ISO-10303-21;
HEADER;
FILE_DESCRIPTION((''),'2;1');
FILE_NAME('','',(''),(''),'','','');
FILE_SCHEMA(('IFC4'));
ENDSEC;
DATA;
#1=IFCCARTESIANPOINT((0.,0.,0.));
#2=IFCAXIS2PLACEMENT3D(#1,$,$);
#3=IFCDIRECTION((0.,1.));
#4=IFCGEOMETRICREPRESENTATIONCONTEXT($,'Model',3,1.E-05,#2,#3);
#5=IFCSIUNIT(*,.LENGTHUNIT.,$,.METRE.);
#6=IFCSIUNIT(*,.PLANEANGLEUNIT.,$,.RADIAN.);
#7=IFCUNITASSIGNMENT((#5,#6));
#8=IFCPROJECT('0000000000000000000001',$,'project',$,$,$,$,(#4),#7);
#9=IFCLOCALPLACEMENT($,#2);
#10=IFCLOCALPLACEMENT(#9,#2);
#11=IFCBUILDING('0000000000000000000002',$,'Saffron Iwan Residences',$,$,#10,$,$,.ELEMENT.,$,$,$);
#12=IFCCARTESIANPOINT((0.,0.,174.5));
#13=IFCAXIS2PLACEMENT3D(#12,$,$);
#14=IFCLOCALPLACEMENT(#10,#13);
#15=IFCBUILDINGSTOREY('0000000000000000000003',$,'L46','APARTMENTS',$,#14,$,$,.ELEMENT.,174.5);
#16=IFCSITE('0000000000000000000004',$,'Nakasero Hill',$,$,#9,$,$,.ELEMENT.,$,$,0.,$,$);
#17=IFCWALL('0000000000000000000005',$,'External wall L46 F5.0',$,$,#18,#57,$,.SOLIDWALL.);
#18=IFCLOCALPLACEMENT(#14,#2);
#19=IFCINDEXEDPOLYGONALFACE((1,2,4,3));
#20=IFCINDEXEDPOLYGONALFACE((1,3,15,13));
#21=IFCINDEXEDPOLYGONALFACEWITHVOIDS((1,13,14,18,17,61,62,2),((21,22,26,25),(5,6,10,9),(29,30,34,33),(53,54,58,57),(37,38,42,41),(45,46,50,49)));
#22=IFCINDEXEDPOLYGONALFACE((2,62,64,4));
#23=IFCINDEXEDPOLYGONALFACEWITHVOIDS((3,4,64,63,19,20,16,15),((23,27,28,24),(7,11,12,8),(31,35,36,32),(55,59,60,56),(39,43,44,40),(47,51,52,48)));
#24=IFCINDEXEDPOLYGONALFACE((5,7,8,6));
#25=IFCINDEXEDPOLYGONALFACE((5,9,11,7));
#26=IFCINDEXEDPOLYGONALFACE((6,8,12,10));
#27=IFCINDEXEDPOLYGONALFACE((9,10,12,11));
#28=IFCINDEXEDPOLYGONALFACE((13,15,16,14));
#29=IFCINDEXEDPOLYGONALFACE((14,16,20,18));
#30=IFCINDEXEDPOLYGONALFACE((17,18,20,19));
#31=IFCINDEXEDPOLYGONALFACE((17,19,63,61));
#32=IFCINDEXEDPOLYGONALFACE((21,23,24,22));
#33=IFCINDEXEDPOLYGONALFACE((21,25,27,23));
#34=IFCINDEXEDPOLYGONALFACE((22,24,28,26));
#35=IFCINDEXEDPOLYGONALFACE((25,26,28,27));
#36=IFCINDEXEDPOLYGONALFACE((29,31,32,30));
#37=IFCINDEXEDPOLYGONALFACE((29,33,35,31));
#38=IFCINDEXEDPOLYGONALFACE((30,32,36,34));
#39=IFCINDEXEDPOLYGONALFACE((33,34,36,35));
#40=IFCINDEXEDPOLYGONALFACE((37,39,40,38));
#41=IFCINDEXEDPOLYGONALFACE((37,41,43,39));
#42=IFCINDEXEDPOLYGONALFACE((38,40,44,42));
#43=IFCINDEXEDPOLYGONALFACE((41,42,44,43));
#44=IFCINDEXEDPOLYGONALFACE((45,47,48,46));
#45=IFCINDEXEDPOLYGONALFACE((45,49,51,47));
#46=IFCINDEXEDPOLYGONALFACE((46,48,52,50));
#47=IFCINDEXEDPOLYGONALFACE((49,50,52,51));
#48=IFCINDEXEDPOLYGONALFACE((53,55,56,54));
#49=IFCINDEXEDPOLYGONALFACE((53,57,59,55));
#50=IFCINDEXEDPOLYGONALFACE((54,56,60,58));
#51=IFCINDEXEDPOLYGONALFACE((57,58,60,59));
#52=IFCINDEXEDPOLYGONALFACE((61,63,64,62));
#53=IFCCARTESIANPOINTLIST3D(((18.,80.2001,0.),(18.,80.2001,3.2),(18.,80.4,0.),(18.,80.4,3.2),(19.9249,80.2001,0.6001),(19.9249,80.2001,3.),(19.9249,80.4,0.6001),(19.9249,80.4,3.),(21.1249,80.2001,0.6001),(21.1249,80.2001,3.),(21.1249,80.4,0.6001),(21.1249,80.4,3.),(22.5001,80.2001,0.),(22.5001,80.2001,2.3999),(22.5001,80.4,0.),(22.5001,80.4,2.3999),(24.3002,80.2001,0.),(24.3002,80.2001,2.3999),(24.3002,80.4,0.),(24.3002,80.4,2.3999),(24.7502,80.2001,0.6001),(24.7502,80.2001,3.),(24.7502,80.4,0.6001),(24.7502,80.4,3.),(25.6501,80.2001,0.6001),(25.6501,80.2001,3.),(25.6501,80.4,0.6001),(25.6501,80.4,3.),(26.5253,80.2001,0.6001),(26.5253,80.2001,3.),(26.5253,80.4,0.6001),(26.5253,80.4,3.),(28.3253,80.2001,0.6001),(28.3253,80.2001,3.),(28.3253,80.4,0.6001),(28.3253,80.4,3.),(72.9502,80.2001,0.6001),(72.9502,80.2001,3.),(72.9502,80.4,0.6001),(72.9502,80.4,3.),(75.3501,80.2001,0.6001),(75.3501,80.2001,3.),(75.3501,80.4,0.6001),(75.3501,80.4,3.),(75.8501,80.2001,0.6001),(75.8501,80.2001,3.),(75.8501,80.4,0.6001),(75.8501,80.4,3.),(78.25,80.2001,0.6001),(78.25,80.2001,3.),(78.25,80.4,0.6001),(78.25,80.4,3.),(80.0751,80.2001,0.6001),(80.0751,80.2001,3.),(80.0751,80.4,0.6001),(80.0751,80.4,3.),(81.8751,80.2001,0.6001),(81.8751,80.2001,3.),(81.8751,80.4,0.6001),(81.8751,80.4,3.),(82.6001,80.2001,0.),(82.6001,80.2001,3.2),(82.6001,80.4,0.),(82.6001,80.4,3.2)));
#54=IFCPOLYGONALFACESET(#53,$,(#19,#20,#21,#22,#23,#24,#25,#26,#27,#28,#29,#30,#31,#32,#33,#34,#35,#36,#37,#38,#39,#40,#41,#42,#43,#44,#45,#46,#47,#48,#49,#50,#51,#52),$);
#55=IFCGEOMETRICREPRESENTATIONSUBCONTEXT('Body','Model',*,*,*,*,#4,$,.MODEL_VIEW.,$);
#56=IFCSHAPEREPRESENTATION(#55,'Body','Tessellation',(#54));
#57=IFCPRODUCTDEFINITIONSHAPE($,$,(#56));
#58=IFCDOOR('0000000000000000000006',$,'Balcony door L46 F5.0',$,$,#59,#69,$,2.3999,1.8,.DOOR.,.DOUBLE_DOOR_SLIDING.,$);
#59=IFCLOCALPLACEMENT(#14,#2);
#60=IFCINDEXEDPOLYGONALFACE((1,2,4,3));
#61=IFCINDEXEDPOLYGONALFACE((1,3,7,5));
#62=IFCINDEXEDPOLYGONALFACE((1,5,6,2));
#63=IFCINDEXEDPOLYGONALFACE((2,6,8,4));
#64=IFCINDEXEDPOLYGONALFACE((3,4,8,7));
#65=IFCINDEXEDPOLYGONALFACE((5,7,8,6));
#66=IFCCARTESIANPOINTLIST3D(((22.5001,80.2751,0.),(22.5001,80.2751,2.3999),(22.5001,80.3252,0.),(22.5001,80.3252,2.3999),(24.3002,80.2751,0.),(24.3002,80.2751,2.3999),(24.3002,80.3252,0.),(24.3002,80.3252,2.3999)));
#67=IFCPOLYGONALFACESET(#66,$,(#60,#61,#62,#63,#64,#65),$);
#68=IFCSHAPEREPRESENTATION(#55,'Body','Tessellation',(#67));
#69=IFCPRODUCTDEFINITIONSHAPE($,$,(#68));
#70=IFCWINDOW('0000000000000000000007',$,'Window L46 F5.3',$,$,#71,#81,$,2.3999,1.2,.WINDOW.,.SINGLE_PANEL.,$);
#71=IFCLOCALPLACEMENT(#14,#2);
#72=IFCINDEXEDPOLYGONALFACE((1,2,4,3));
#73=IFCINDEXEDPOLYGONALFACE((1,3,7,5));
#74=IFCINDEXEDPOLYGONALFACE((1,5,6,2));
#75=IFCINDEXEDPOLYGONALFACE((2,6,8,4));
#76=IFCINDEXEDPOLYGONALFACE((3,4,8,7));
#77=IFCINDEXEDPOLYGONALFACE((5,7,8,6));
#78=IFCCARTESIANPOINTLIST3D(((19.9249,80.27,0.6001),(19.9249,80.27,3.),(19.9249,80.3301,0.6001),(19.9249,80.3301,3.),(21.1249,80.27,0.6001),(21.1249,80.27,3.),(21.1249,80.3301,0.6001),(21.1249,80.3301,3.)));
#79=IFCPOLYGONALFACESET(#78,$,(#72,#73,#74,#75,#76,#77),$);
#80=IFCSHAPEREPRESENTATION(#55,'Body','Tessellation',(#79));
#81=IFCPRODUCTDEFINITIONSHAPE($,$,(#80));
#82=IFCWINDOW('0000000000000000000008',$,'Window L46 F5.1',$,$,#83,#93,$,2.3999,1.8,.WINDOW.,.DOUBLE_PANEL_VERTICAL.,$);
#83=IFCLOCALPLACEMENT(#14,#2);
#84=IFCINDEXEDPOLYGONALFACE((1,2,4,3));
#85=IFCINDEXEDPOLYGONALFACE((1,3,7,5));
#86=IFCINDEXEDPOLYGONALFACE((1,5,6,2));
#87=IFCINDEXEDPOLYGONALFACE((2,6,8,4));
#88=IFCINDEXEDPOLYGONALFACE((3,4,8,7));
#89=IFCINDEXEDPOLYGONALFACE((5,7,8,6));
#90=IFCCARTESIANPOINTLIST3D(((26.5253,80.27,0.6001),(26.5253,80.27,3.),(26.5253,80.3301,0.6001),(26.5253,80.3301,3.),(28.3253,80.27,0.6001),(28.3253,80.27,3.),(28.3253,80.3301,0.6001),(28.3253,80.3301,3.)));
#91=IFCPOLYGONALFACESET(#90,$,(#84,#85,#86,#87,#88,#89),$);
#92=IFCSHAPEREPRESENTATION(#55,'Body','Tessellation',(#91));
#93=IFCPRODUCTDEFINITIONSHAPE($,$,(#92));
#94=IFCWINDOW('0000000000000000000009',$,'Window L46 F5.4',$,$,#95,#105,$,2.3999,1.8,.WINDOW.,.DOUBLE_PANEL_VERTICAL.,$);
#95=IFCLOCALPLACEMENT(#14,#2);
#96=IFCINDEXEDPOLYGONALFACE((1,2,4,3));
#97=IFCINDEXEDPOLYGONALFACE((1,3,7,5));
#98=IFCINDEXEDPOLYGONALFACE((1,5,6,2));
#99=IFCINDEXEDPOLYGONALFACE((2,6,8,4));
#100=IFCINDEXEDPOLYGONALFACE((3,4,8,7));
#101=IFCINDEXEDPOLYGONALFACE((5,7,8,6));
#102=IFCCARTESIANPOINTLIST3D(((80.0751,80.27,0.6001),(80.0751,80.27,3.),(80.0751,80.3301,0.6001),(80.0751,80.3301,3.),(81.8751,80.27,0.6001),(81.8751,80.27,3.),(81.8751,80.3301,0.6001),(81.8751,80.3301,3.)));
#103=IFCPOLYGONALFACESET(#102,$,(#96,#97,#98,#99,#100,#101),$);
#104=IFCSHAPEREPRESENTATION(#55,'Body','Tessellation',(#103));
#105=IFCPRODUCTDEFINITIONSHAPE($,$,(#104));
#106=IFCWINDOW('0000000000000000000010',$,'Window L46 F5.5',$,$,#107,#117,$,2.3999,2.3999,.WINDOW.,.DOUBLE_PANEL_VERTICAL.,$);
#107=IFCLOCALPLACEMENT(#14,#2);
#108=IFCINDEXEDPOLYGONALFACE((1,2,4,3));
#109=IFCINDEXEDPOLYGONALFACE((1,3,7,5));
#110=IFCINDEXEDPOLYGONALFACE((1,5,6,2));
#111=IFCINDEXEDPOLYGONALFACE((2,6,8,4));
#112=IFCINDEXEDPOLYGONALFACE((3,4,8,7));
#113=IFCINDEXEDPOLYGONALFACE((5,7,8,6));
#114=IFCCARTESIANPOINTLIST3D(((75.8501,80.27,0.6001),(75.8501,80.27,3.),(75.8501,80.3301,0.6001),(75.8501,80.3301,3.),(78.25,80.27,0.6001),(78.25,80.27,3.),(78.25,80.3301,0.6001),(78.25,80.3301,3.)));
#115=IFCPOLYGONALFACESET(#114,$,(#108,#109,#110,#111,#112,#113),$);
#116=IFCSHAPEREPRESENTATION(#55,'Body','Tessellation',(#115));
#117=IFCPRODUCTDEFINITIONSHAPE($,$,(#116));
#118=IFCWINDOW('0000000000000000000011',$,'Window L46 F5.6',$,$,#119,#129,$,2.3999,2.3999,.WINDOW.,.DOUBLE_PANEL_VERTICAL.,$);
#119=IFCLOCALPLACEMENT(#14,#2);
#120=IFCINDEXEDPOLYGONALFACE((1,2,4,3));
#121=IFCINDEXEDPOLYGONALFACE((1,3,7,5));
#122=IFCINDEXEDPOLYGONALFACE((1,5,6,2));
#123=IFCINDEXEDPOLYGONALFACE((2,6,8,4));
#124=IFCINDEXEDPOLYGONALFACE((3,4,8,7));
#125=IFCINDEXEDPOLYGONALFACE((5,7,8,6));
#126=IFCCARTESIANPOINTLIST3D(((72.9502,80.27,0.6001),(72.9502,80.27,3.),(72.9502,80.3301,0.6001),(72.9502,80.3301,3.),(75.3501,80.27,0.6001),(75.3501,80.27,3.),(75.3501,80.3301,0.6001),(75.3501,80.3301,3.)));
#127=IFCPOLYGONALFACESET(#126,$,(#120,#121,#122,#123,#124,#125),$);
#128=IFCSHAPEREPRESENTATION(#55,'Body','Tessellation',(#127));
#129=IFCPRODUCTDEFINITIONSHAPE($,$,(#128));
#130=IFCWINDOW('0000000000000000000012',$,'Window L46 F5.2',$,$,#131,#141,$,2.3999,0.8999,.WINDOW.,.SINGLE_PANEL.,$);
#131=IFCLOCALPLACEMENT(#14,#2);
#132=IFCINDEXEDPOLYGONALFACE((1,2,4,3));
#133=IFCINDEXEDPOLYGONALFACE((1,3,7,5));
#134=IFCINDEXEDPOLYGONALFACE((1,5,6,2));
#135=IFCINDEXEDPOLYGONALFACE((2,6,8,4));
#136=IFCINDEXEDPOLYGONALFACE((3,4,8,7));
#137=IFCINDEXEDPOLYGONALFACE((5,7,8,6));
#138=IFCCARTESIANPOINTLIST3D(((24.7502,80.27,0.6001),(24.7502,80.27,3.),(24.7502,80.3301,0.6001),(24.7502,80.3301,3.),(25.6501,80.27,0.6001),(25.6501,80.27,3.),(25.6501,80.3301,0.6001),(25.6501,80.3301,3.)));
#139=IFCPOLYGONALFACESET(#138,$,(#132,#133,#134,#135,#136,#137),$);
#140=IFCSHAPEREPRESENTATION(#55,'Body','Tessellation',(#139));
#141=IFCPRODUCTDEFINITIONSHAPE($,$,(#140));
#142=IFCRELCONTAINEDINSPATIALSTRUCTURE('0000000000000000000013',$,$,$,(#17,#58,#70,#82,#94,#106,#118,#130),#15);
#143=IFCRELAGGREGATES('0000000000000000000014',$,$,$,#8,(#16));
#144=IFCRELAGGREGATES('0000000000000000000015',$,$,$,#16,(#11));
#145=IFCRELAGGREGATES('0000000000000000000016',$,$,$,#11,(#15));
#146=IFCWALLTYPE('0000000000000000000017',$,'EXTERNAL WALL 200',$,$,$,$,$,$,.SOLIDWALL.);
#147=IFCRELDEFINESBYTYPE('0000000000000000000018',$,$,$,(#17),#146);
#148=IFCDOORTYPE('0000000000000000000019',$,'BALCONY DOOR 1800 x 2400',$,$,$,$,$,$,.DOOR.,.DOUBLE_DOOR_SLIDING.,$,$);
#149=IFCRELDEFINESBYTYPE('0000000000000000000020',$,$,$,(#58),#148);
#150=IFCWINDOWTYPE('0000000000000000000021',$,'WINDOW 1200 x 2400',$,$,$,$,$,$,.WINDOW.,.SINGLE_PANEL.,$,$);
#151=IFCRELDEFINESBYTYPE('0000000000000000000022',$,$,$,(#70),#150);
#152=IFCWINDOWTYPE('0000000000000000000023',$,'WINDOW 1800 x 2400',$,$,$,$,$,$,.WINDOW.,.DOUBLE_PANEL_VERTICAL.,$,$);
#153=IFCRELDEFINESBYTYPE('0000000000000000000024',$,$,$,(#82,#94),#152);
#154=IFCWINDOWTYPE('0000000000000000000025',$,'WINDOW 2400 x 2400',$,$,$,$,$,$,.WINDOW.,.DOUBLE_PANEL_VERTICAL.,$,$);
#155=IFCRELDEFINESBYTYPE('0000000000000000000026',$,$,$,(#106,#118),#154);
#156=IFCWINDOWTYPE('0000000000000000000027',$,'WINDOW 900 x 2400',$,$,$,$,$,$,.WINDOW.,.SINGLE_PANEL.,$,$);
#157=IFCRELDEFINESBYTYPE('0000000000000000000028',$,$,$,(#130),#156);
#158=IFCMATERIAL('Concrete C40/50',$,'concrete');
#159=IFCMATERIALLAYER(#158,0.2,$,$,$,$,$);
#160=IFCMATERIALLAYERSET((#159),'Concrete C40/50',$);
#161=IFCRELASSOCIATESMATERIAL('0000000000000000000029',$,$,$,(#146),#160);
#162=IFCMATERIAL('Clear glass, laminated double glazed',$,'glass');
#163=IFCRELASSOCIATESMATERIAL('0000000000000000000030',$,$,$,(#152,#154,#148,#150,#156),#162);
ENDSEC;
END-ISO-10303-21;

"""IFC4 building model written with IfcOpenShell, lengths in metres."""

from ifc_helpers import new_model, si_unit, direction, frame, frame_2d, origin, place, context, subcontext, project, spatial, rectangle, extrude, material, layer, layer_set, type_object, element, fill, save


model = new_model("IFC4")

# Units and contexts
model_context = context("Model", 3, precision=1e-05, world=origin(), true_north=direction((0.0, 1.0)))
body_context = subcontext(model_context, "Body", "Model", "MODEL_VIEW")
ifc_project = project(units=[si_unit("LENGTHUNIT", "METRE"), si_unit("PLANEANGLEUNIT", "RADIAN")], contexts=[model_context])

# Site, building, storey
site_placement = place(None, origin())
site = spatial("IfcSite", under=ifc_project, at=site_placement, Name="Nakasero Hill", CompositionType="ELEMENT", RefElevation=0.0)
building_placement = place(site_placement, origin())
building = spatial("IfcBuilding", under=site, at=building_placement, Name="Saffron Iwan Residences", CompositionType="ELEMENT")
storey_placement = place(building_placement, frame((0.0, 0.0, 174.5)))
storey = spatial("IfcBuildingStorey", under=building, at=storey_placement, Name="L46", Description="APARTMENTS", CompositionType="ELEMENT", Elevation=174.5)

# Shared definitions
ifc_material_1 = material(Name="Concrete C40/50", Category="concrete")
ifc_layer_1 = layer(ifc_material_1, 0.2)
ifc_layer_set_1 = layer_set([ifc_layer_1], Name="Concrete C40/50")
wall_type_1 = type_object("IfcWallType", Name="EXTERNAL WALL 200", PredefinedType="SOLIDWALL", material=ifc_layer_set_1)
ifc_material_2 = material(Name="Clear glass, laminated double glazed", Category="glass")
window_type_1 = type_object("IfcWindowType", Name="WINDOW 1800 x 2400", PartitioningType="DOUBLE_PANEL_VERTICAL", PredefinedType="WINDOW", material=ifc_material_2)
window_type_2 = type_object("IfcWindowType", Name="WINDOW 2400 x 2400", PartitioningType="DOUBLE_PANEL_VERTICAL", PredefinedType="WINDOW", material=ifc_material_2)

# Wall, openings, door, windows
wall_1_placement = place(storey_placement, frame((82.6001, 80.3, 0.0), z_axis=(0.0, 0.0, 1.0), x_axis=(-1.0, 0.0, 0.0)))
wall_1 = element("IfcWall", 1, at=wall_1_placement, inside=storey, type_object=wall_type_1, Name="External wall L46 F5.0", PredefinedType="SOLIDWALL", context=body_context, shape_type="SweptSolid", body=[
    extrude(rectangle(XDim=64.6001, YDim=0.2, at=frame_2d((32.3, 0.0))), origin(), (0.0, 0.0, 1.0), 3.2),
])
opening_1_placement = place(wall_1_placement, frame((58.3, 0.0, 0.0)))
opening_1 = element("IfcOpeningElement", 2, at=opening_1_placement, cuts=wall_1, PredefinedType="OPENING", context=body_context, shape_type="SweptSolid", body=[
    extrude(rectangle(XDim=1.8, YDim=2.3999, at=frame_2d((0.8999, 1.2))), frame((0.0, 0.1099, 0.0), z_axis=(0.0, -1.0, 0.0), x_axis=(1.0, 0.0, 0.0)), (0.0, 0.0, 1.0), 0.22),
])
opening_2_placement = place(wall_1_placement, frame((54.2749, 0.0, 0.6001)))
opening_2 = element("IfcOpeningElement", 3, at=opening_2_placement, cuts=wall_1, PredefinedType="OPENING", context=body_context, shape_type="SweptSolid", body=[
    extrude(rectangle(XDim=1.8, YDim=2.3999, at=frame_2d((0.8999, 1.2))), frame((0.0, 0.1099, 0.0), z_axis=(0.0, -1.0, 0.0), x_axis=(1.0, 0.0, 0.0)), (0.0, 0.0, 1.0), 0.22),
])
opening_3_placement = place(wall_1_placement, frame((56.95, 0.0, 0.6001)))
opening_3 = element("IfcOpeningElement", 4, at=opening_3_placement, cuts=wall_1, PredefinedType="OPENING", context=body_context, shape_type="SweptSolid", body=[
    extrude(rectangle(XDim=0.8999, YDim=2.3999, at=frame_2d((0.45, 1.2))), frame((0.0, 0.1099, 0.0), z_axis=(0.0, -1.0, 0.0), x_axis=(1.0, 0.0, 0.0)), (0.0, 0.0, 1.0), 0.22),
])
opening_4_placement = place(wall_1_placement, frame((61.4751, 0.0, 0.6001)))
opening_4 = element("IfcOpeningElement", 5, at=opening_4_placement, cuts=wall_1, PredefinedType="OPENING", context=body_context, shape_type="SweptSolid", body=[
    extrude(rectangle(XDim=1.2, YDim=2.3999, at=frame_2d((0.6001, 1.2))), frame((0.0, 0.1099, 0.0), z_axis=(0.0, -1.0, 0.0), x_axis=(1.0, 0.0, 0.0)), (0.0, 0.0, 1.0), 0.22),
])
opening_5_placement = place(wall_1_placement, frame((0.7251, 0.0, 0.6001)))
opening_5 = element("IfcOpeningElement", 6, at=opening_5_placement, cuts=wall_1, PredefinedType="OPENING", context=body_context, shape_type="SweptSolid", body=[
    extrude(rectangle(XDim=1.8, YDim=2.3999, at=frame_2d((0.8999, 1.2))), frame((0.0, 0.1099, 0.0), z_axis=(0.0, -1.0, 0.0), x_axis=(1.0, 0.0, 0.0)), (0.0, 0.0, 1.0), 0.22),
])
opening_6_placement = place(wall_1_placement, frame((4.3501, 0.0, 0.6001)))
opening_6 = element("IfcOpeningElement", 7, at=opening_6_placement, cuts=wall_1, PredefinedType="OPENING", context=body_context, shape_type="SweptSolid", body=[
    extrude(rectangle(XDim=2.3999, YDim=2.3999, at=frame_2d((1.2, 1.2))), frame((0.0, 0.1099, 0.0), z_axis=(0.0, -1.0, 0.0), x_axis=(1.0, 0.0, 0.0)), (0.0, 0.0, 1.0), 0.22),
])
opening_7_placement = place(wall_1_placement, frame((7.25, 0.0, 0.6001)))
opening_7 = element("IfcOpeningElement", 8, at=opening_7_placement, cuts=wall_1, PredefinedType="OPENING", context=body_context, shape_type="SweptSolid", body=[
    extrude(rectangle(XDim=2.3999, YDim=2.3999, at=frame_2d((1.2, 1.2))), frame((0.0, 0.1099, 0.0), z_axis=(0.0, -1.0, 0.0), x_axis=(1.0, 0.0, 0.0)), (0.0, 0.0, 1.0), 0.22),
])
door_type_1 = type_object("IfcDoorType", Name="BALCONY DOOR 1800 x 2400", OperationType="DOUBLE_DOOR_SLIDING", PredefinedType="DOOR", material=ifc_material_2)
door_1_placement = place(opening_1_placement, origin())
door_1 = element("IfcDoor", 9, at=door_1_placement, inside=storey, type_object=door_type_1, Name="Balcony door L46 F5.0", OperationType="DOUBLE_DOOR_SLIDING", OverallHeight=2.3999, OverallWidth=1.8, PredefinedType="DOOR", context=body_context, shape_type="SweptSolid", body=[
    extrude(rectangle(XDim=1.8, YDim=2.3999, at=frame_2d((0.8999, 1.2))), frame((0.0, 0.0249, 0.0), z_axis=(0.0, -1.0, 0.0), x_axis=(1.0, 0.0, 0.0)), (0.0, 0.0, 1.0), 0.05),
])
fill(opening_1, door_1)
window_type_3 = type_object("IfcWindowType", Name="WINDOW 1200 x 2400", PartitioningType="SINGLE_PANEL", PredefinedType="WINDOW", material=ifc_material_2)
window_1_placement = place(opening_4_placement, origin())
window_1 = element("IfcWindow", 10, at=window_1_placement, inside=storey, type_object=window_type_3, Name="Window L46 F5.3", OverallHeight=2.3999, OverallWidth=1.2, PartitioningType="SINGLE_PANEL", PredefinedType="WINDOW", context=body_context, shape_type="SweptSolid", body=[
    extrude(rectangle(XDim=1.2, YDim=2.3999, at=frame_2d((0.6001, 1.2))), frame((0.0, 0.03, 0.0), z_axis=(0.0, -1.0, 0.0), x_axis=(1.0, 0.0, 0.0)), (0.0, 0.0, 1.0), 0.0601),
])
fill(opening_4, window_1)
window_2_placement = place(opening_2_placement, origin())
window_2 = element("IfcWindow", 11, at=window_2_placement, inside=storey, type_object=window_type_1, Name="Window L46 F5.1", OverallHeight=2.3999, OverallWidth=1.8, PartitioningType="DOUBLE_PANEL_VERTICAL", PredefinedType="WINDOW", context=body_context, shape_type="SweptSolid", body=[
    extrude(rectangle(XDim=1.8, YDim=2.3999, at=frame_2d((0.8999, 1.2))), frame((0.0, 0.03, 0.0), z_axis=(0.0, -1.0, 0.0), x_axis=(1.0, 0.0, 0.0)), (0.0, 0.0, 1.0), 0.0601),
])
fill(opening_2, window_2)
window_3_placement = place(opening_5_placement, origin())
window_3 = element("IfcWindow", 12, at=window_3_placement, inside=storey, type_object=window_type_1, Name="Window L46 F5.4", OverallHeight=2.3999, OverallWidth=1.8, PartitioningType="DOUBLE_PANEL_VERTICAL", PredefinedType="WINDOW", context=body_context, shape_type="SweptSolid", body=[
    extrude(rectangle(XDim=1.8, YDim=2.3999, at=frame_2d((0.8999, 1.2))), frame((0.0, 0.03, 0.0), z_axis=(0.0, -1.0, 0.0), x_axis=(1.0, 0.0, 0.0)), (0.0, 0.0, 1.0), 0.0601),
])
fill(opening_5, window_3)
window_4_placement = place(opening_6_placement, origin())
window_4 = element("IfcWindow", 13, at=window_4_placement, inside=storey, type_object=window_type_2, Name="Window L46 F5.5", OverallHeight=2.3999, OverallWidth=2.3999, PartitioningType="DOUBLE_PANEL_VERTICAL", PredefinedType="WINDOW", context=body_context, shape_type="SweptSolid", body=[
    extrude(rectangle(XDim=2.3999, YDim=2.3999, at=frame_2d((1.2, 1.2))), frame((0.0, 0.03, 0.0), z_axis=(0.0, -1.0, 0.0), x_axis=(1.0, 0.0, 0.0)), (0.0, 0.0, 1.0), 0.0601),
])
fill(opening_6, window_4)
window_5_placement = place(opening_7_placement, origin())
window_5 = element("IfcWindow", 14, at=window_5_placement, inside=storey, type_object=window_type_2, Name="Window L46 F5.6", OverallHeight=2.3999, OverallWidth=2.3999, PartitioningType="DOUBLE_PANEL_VERTICAL", PredefinedType="WINDOW", context=body_context, shape_type="SweptSolid", body=[
    extrude(rectangle(XDim=2.3999, YDim=2.3999, at=frame_2d((1.2, 1.2))), frame((0.0, 0.03, 0.0), z_axis=(0.0, -1.0, 0.0), x_axis=(1.0, 0.0, 0.0)), (0.0, 0.0, 1.0), 0.0601),
])
fill(opening_7, window_5)
window_type_4 = type_object("IfcWindowType", Name="WINDOW 900 x 2400", PartitioningType="SINGLE_PANEL", PredefinedType="WINDOW", material=ifc_material_2)
window_6_placement = place(opening_3_placement, origin())
window_6 = element("IfcWindow", 15, at=window_6_placement, inside=storey, type_object=window_type_4, Name="Window L46 F5.2", OverallHeight=2.3999, OverallWidth=0.8999, PartitioningType="SINGLE_PANEL", PredefinedType="WINDOW", context=body_context, shape_type="SweptSolid", body=[
    extrude(rectangle(XDim=0.8999, YDim=2.3999, at=frame_2d((0.45, 1.2))), frame((0.0, 0.03, 0.0), z_axis=(0.0, -1.0, 0.0), x_axis=(1.0, 0.0, 0.0)), (0.0, 0.0, 1.0), 0.0601),
])
fill(opening_3, window_6)

save(model, "model.ifc")
